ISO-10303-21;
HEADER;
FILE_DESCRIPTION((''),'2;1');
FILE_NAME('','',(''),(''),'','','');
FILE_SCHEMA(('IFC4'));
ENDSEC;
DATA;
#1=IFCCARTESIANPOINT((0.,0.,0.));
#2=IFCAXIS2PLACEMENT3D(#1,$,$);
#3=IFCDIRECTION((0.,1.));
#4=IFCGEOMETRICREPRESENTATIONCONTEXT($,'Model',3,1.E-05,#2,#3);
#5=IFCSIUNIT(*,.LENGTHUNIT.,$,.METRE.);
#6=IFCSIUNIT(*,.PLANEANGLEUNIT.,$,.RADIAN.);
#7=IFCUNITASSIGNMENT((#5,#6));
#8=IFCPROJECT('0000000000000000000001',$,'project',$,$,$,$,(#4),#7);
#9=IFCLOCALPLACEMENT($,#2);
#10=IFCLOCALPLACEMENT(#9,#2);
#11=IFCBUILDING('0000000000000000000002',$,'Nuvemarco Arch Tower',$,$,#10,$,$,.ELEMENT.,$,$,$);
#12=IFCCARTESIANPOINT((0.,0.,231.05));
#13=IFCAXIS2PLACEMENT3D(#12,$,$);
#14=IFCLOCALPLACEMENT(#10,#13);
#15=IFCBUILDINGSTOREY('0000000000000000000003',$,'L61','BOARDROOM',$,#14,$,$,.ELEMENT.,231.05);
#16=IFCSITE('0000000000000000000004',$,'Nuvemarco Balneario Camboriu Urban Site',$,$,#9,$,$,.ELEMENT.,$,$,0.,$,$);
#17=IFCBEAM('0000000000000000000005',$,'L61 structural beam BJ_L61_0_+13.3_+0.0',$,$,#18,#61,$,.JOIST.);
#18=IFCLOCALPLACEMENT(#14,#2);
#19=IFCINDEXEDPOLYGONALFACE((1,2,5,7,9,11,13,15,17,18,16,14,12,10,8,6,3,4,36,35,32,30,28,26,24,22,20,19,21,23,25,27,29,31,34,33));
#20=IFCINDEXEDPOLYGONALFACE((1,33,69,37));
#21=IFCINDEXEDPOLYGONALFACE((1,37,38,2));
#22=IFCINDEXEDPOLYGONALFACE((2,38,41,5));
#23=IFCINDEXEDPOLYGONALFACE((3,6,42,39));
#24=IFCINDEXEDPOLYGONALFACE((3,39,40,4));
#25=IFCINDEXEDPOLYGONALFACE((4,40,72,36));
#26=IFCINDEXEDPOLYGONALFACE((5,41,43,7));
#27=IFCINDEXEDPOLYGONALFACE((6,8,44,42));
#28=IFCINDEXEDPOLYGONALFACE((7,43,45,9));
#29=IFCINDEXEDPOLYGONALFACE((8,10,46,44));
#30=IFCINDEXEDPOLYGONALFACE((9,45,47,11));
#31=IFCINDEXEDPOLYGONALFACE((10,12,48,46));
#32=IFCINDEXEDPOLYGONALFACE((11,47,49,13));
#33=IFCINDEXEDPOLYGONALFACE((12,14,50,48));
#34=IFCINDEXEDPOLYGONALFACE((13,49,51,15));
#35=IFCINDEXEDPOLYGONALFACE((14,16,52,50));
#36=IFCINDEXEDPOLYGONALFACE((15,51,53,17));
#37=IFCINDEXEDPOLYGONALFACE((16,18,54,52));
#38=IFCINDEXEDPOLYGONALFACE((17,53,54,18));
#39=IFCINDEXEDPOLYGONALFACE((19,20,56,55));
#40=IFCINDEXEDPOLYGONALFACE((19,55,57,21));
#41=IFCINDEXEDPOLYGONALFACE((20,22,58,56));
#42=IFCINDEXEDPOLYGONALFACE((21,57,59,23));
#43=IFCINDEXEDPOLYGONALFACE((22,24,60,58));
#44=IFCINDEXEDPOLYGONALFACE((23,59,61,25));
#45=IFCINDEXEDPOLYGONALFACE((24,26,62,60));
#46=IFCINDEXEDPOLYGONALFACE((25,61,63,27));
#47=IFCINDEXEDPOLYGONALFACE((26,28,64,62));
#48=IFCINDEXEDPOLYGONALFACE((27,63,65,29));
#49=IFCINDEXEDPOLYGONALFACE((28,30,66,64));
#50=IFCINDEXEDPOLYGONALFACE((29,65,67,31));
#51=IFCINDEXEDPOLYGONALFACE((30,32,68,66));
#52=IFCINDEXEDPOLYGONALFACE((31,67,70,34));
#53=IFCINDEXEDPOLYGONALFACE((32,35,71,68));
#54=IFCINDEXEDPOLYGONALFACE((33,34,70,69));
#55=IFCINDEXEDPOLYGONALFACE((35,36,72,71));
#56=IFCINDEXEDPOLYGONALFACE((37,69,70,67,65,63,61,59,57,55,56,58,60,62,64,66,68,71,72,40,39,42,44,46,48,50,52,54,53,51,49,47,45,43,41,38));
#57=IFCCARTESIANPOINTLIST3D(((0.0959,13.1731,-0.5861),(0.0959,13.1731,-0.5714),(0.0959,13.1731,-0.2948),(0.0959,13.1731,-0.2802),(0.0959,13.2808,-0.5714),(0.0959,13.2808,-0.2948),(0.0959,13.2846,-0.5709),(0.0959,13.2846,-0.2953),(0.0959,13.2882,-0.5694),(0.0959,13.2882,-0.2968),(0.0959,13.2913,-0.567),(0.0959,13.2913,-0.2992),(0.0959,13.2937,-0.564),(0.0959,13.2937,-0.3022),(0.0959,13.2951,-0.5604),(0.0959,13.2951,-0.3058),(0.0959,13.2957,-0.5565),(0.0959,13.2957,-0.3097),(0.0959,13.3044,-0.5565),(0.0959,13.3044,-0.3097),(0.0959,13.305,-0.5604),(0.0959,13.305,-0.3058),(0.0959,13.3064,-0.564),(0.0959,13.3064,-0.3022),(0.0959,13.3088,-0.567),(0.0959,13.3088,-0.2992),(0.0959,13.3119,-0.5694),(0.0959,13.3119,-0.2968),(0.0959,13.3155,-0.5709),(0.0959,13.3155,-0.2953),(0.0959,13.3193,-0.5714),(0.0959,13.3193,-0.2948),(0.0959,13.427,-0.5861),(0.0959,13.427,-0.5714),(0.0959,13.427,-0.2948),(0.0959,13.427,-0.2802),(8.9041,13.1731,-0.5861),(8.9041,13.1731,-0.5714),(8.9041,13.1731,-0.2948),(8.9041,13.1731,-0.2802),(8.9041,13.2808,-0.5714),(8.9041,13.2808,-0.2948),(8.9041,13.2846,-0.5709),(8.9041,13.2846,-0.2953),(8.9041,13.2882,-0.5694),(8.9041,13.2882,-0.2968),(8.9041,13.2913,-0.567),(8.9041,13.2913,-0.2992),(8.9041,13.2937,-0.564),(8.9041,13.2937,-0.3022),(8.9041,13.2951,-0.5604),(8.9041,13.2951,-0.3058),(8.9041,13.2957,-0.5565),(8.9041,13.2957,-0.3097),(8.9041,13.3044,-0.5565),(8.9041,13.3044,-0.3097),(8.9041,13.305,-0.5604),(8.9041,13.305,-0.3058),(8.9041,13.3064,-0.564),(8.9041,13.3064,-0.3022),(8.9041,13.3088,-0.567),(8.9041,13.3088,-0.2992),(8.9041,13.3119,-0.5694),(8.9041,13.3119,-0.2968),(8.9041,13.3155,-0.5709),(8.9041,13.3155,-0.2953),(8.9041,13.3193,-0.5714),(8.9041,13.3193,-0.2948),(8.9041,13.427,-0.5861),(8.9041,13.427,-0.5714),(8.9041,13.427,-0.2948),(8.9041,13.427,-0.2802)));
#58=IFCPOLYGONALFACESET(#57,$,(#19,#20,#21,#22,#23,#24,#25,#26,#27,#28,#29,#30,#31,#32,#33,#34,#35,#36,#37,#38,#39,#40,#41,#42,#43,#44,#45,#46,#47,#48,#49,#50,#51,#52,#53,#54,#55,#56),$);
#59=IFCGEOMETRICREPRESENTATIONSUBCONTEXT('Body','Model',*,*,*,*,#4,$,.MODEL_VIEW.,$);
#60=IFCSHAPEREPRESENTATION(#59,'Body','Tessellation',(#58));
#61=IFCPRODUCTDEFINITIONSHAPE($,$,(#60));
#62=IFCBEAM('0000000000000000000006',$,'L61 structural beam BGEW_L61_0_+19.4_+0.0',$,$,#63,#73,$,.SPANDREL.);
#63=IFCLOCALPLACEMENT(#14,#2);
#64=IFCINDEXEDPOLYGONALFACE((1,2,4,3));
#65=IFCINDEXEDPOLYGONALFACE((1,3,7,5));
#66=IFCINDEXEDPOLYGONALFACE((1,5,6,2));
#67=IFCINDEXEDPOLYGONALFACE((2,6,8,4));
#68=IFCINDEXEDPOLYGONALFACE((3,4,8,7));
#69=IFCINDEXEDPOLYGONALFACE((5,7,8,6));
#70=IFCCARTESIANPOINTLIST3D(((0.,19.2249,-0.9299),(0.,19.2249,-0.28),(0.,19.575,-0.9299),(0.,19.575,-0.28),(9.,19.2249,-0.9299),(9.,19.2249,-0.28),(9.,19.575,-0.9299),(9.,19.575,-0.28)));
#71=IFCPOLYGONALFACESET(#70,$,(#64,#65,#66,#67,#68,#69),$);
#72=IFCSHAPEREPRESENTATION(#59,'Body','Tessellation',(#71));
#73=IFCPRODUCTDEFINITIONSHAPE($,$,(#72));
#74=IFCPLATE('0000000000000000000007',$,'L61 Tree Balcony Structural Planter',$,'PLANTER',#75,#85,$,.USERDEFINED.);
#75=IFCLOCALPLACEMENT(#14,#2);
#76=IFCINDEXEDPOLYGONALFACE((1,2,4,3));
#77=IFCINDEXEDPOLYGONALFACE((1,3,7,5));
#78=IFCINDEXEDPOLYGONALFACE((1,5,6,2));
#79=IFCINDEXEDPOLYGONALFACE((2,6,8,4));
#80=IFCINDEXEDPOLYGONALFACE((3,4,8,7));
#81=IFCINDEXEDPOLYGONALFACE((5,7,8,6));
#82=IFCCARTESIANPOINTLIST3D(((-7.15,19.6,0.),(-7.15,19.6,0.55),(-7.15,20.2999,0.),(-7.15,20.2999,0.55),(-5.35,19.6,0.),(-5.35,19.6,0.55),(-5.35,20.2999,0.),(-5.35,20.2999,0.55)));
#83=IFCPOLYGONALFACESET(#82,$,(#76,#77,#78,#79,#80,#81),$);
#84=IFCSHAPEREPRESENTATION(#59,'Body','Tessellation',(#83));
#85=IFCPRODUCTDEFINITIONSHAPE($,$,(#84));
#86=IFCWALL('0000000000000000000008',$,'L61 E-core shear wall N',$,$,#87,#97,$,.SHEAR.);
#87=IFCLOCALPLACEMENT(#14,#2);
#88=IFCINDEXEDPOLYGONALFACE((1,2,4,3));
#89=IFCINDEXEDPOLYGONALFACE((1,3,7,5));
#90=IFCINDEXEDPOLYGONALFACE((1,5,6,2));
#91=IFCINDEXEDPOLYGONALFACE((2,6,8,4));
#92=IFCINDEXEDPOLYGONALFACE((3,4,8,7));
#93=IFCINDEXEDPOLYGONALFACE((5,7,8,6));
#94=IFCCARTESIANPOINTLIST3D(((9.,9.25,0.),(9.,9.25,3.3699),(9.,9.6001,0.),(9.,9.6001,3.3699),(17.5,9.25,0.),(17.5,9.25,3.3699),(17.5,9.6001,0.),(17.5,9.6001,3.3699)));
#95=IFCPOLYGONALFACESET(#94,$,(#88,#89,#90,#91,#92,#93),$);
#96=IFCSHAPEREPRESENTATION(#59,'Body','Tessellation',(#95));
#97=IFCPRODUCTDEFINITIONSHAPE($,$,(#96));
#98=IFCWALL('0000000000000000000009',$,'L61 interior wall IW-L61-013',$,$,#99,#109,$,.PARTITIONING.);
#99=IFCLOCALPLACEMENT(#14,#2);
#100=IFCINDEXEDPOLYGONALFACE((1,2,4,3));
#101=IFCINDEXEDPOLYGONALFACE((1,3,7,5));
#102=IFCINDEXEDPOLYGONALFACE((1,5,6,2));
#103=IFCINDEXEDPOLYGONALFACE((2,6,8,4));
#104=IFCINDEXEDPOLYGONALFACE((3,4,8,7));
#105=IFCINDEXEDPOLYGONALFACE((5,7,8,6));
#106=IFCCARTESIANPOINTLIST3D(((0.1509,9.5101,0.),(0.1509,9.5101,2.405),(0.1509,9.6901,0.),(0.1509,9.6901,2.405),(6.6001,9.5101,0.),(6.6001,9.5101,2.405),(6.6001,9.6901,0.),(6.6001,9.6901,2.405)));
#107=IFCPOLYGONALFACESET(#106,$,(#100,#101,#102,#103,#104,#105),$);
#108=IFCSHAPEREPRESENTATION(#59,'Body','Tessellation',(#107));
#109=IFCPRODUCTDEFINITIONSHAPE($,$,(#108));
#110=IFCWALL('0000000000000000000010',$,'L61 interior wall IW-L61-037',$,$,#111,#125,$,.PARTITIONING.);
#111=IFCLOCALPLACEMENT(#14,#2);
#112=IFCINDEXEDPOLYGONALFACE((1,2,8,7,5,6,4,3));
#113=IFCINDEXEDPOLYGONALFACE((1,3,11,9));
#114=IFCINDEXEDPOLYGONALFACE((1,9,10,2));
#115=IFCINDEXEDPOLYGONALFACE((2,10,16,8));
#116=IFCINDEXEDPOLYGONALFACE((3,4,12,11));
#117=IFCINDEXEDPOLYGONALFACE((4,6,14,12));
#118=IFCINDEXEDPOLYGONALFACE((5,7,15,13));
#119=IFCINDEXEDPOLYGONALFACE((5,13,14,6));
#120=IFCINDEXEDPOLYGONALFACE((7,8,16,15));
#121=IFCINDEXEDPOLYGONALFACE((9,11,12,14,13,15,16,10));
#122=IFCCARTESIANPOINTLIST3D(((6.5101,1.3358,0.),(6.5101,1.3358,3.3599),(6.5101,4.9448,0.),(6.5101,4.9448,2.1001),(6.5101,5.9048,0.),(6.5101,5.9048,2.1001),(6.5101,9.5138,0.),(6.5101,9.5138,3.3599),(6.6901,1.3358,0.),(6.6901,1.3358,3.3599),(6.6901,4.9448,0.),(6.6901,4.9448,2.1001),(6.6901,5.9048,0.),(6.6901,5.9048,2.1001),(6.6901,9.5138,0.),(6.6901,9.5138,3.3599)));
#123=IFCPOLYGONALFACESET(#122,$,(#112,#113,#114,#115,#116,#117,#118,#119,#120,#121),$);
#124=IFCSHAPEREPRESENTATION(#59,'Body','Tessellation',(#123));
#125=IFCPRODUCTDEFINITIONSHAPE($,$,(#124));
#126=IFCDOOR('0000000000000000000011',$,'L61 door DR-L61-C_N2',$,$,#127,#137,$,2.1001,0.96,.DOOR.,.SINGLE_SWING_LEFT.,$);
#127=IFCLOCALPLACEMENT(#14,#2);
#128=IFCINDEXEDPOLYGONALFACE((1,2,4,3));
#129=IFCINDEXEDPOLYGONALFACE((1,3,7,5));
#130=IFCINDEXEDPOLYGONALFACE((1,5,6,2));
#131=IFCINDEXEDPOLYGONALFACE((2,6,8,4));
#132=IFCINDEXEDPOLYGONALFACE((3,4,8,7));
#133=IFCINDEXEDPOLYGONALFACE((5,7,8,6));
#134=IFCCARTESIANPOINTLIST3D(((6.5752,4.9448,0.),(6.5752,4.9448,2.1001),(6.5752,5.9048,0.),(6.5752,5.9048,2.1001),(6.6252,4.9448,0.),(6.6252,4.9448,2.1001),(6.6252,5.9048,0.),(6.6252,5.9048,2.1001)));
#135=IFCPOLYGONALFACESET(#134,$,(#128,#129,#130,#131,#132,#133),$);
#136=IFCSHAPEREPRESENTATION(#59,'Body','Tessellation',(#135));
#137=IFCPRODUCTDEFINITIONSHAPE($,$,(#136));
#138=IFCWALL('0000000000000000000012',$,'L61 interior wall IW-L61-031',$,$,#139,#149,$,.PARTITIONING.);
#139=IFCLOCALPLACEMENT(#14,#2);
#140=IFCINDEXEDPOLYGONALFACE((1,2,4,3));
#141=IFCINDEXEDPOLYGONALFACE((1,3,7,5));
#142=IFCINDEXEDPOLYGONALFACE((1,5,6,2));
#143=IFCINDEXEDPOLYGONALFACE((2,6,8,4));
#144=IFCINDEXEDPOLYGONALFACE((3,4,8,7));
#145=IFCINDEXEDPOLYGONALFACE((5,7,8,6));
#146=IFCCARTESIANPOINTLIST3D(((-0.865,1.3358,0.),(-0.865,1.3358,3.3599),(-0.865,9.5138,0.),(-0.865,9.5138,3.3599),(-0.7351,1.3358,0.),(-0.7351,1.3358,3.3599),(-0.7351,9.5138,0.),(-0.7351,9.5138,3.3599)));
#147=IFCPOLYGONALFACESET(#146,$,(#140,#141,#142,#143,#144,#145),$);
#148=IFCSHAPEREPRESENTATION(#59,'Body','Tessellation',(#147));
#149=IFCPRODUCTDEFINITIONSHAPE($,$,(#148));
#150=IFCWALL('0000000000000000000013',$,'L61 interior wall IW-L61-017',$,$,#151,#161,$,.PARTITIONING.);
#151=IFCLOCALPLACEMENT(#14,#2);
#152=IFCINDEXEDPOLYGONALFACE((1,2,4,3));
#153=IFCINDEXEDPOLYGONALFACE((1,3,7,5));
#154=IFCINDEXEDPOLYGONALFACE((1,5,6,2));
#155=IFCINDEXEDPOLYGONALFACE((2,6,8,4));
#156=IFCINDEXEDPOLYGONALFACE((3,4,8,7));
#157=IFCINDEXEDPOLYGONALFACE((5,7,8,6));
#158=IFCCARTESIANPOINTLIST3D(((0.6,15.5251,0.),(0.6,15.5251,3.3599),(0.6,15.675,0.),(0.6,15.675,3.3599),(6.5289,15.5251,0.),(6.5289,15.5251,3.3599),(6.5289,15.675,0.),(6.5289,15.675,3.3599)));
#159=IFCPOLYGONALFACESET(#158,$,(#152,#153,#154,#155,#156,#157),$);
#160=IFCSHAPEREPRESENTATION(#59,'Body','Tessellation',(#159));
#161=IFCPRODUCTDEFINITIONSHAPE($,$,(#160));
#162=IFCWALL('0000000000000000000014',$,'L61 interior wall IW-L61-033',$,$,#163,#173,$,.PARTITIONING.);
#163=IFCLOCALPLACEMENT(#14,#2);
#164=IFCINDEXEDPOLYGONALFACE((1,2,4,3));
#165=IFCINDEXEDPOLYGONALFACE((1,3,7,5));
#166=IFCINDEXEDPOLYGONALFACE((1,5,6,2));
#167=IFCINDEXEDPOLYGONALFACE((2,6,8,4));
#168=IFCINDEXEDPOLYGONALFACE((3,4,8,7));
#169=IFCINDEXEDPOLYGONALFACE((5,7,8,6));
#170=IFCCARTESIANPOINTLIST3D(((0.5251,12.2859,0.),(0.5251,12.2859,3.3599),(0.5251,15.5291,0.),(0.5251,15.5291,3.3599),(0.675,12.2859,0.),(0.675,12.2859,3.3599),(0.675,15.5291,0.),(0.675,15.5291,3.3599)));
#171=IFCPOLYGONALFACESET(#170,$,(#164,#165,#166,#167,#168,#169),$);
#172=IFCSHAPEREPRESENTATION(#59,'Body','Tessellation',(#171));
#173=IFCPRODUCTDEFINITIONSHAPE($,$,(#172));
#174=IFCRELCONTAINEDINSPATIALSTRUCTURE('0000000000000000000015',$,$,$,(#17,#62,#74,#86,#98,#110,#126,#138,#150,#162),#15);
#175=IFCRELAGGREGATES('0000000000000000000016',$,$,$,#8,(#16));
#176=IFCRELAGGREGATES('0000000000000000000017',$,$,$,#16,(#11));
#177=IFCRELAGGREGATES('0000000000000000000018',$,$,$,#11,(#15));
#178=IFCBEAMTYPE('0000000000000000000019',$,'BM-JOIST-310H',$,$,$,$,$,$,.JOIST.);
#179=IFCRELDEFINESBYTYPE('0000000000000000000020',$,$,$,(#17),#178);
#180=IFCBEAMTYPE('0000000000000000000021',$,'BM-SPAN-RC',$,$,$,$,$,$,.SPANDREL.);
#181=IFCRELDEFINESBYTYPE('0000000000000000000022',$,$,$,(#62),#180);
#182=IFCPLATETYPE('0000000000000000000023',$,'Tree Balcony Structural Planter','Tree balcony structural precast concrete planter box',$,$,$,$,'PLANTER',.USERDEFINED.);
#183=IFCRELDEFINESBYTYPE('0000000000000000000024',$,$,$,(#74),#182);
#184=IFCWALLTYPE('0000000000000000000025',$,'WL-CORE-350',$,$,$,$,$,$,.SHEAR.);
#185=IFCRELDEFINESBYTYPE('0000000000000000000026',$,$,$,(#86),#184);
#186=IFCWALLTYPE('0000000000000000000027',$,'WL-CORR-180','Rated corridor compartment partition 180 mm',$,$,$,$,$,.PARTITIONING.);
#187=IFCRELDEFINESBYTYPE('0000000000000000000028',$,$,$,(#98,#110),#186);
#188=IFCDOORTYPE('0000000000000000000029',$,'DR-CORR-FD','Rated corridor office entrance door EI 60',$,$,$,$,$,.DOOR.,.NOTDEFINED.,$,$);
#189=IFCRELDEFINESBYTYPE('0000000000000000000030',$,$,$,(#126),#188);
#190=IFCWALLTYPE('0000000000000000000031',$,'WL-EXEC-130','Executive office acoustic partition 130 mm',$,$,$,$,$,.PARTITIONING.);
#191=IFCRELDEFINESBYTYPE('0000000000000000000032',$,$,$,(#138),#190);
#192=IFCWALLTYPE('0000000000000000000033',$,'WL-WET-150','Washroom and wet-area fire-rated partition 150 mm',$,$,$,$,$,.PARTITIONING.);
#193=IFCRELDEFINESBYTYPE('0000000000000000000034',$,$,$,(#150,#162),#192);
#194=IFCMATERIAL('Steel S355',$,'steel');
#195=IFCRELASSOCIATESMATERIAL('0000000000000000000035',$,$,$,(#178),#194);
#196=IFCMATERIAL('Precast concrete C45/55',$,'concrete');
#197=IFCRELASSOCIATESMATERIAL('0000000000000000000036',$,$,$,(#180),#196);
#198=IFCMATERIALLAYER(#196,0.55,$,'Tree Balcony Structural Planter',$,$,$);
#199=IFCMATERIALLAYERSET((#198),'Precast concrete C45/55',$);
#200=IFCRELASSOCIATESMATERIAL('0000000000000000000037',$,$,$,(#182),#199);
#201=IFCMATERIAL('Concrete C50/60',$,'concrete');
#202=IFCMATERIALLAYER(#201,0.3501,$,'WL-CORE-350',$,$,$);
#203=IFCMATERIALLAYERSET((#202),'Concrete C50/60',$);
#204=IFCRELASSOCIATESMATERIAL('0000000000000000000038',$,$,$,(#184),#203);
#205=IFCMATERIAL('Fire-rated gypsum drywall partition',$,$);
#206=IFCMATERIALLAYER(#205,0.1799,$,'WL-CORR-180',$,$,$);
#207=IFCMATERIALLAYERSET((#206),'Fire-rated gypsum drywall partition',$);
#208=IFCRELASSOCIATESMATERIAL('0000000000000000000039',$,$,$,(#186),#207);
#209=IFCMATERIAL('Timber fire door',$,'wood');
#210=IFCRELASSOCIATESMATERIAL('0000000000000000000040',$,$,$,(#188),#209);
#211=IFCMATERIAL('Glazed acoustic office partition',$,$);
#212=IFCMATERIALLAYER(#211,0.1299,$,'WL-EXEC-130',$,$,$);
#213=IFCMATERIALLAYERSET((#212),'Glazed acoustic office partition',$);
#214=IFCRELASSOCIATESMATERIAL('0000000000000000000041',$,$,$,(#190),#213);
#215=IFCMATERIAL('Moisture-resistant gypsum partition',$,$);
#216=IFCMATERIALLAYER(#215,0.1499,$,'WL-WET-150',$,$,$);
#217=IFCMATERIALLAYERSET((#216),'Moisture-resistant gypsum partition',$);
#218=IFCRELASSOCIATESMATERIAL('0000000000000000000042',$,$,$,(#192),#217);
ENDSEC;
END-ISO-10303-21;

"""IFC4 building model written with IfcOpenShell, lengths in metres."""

from ifc_helpers import new_model, si_unit, direction, frame, frame_2d, origin, origin_2d, place, context, subcontext, project, spatial, rectangle, i_section, extrude, source, transform, mapped, material, layer, layer_set, material_profile, profile_set, type_object, type_shapes, element, fill, save


model = new_model("IFC4")

# Units and contexts
model_context = context("Model", 3, precision=1e-05, world=origin(), true_north=direction((0.0, 1.0)))
body_context = subcontext(model_context, "Body", "Model", "MODEL_VIEW")
ifc_project = project(units=[si_unit("LENGTHUNIT", "METRE"), si_unit("PLANEANGLEUNIT", "RADIAN")], contexts=[model_context])

# Site, building, storey
site_placement = place(None, origin())
site = spatial("IfcSite", under=ifc_project, at=site_placement, Name="Nuvemarco Balneario Camboriu Urban Site", CompositionType="ELEMENT", RefElevation=0.0)
building_placement = place(site_placement, origin())
building = spatial("IfcBuilding", under=site, at=building_placement, Name="Nuvemarco Arch Tower", CompositionType="ELEMENT")
storey_placement = place(building_placement, frame((0.0, 0.0, 231.05)))
storey = spatial("IfcBuildingStorey", under=building, at=storey_placement, Name="L61", Description="BOARDROOM", CompositionType="ELEMENT", Elevation=231.05)

# Shared definitions
ifc_material_1 = material(Name="Concrete C50/60", Category="concrete")
ifc_material_2 = material(Name="Steel S355", Category="steel")

# Beams
ifc_material_profile_1 = material_profile(ifc_material_2, i_section(OverallWidth=0.2539, OverallDepth=0.3059, WebThickness=0.0088, FlangeThickness=0.0146, FilletRadius=0.0149, at=origin_2d()), Name="W310x79")
ifc_profile_set_1 = profile_set([ifc_material_profile_1], Name="Steel S355")
beam_type_1 = type_object("IfcBeamType", Name="BM-JOIST-310H", PredefinedType="JOIST", material=ifc_profile_set_1)
beam_1_placement = place(storey_placement, frame((0.0959, 13.3, -0.4331), z_axis=(1.0, 0.0, 0.0), x_axis=(0.0, 1.0, 0.0)))
element("IfcBeam", 1, at=beam_1_placement, inside=storey, type_object=beam_type_1, Name="L61 structural beam BJ_L61_0_+13.3_+0.0", PredefinedType="JOIST", context=body_context, shape_type="SweptSolid", body=[
    extrude(i_section(OverallWidth=0.2539, OverallDepth=0.3059, WebThickness=0.0088, FlangeThickness=0.0146, FilletRadius=0.0149, at=origin_2d()), origin(), (0.0, 0.0, 1.0), 8.8081),
])
ifc_material_3 = material(Name="Precast concrete C45/55", Category="concrete")
ifc_material_profile_2 = material_profile(ifc_material_3, rectangle(XDim=0.3501, YDim=0.6499, at=origin_2d()), Name="PC-SP-350x650")
ifc_profile_set_2 = profile_set([ifc_material_profile_2], Name="Precast concrete C45/55")
beam_type_2 = type_object("IfcBeamType", Name="BM-SPAN-RC", PredefinedType="SPANDREL", material=ifc_profile_set_2)
beam_2_placement = place(storey_placement, frame((0.0, 19.3999, -0.605), z_axis=(1.0, 0.0, 0.0), x_axis=(0.0, 1.0, 0.0)))
element("IfcBeam", 2, at=beam_2_placement, inside=storey, type_object=beam_type_2, Name="L61 structural beam BGEW_L61_0_+19.4_+0.0", PredefinedType="SPANDREL", context=body_context, shape_type="SweptSolid", body=[
    extrude(rectangle(XDim=0.3501, YDim=0.6499, at=origin_2d()), origin(), (0.0, 0.0, 1.0), 9.0),
])

# Plate
ifc_layer_1 = layer(ifc_material_3, 0.55, Name="Tree Balcony Structural Planter")
ifc_layer_set_1 = layer_set([ifc_layer_1], Name="Precast concrete C45/55")
plate_type = type_object("IfcPlateType", Name="Tree Balcony Structural Planter", Description="Tree balcony structural precast concrete planter box", ElementType="PLANTER", PredefinedType="USERDEFINED", material=ifc_layer_set_1)
shared_shape_1 = source(origin(), body_context, "Body", "SweptSolid", [
    extrude(rectangle(XDim=1.8, YDim=0.7, at=origin_2d()), origin(), (0.0, 0.0, 1.0), 0.55),
])
type_shapes(plate_type, [shared_shape_1])
plate_placement = place(storey_placement, frame((-6.25, 19.95, 0.0), z_axis=(0.0, 0.0, 1.0), x_axis=(1.0, 0.0, 0.0)))
element("IfcPlate", 3, at=plate_placement, inside=storey, type_object=plate_type, Name="L61 Tree Balcony Structural Planter", ObjectType="PLANTER", PredefinedType="USERDEFINED", context=body_context, shape_type="MappedRepresentation", body=[
    mapped(shared_shape_1, transform((0.0, 0.0, 0.0), scale=1.0)),
])

# Walls
ifc_layer_2 = layer(ifc_material_1, 0.3501, Name="WL-CORE-350")
ifc_layer_set_2 = layer_set([ifc_layer_2], Name="Concrete C50/60")
wall_type_1 = type_object("IfcWallType", Name="WL-CORE-350", PredefinedType="SHEAR", material=ifc_layer_set_2)
wall_1_placement = place(storey_placement, frame((9.0, 9.425, 0.0), z_axis=(0.0, 0.0, 1.0), x_axis=(1.0, 0.0, 0.0)))
element("IfcWall", 4, at=wall_1_placement, inside=storey, type_object=wall_type_1, Name="L61 E-core shear wall N", PredefinedType="SHEAR", context=body_context, shape_type="SweptSolid", body=[
    extrude(rectangle(XDim=8.5, YDim=0.3501, at=frame_2d((4.25, 0.0))), origin(), (0.0, 0.0, 1.0), 3.3699),
])
ifc_material_4 = material(Name="Fire-rated gypsum drywall partition")
ifc_layer_3 = layer(ifc_material_4, 0.1799, Name="WL-CORR-180")
ifc_layer_set_3 = layer_set([ifc_layer_3], Name="Fire-rated gypsum drywall partition")
wall_type_2 = type_object("IfcWallType", Name="WL-CORR-180", Description="Rated corridor compartment partition 180 mm", PredefinedType="PARTITIONING", material=ifc_layer_set_3)
wall_2_placement = place(storey_placement, frame((0.1509, 9.6001, 0.0), z_axis=(0.0, 0.0, 1.0), x_axis=(1.0, 0.0, 0.0)))
element("IfcWall", 5, at=wall_2_placement, inside=storey, type_object=wall_type_2, Name="L61 interior wall IW-L61-013", PredefinedType="PARTITIONING", context=body_context, shape_type="SweptSolid", body=[
    extrude(rectangle(XDim=6.4492, YDim=0.1799, at=frame_2d((3.2246, 0.0))), origin(), (0.0, 0.0, 1.0), 2.405),
])

# Wall, opening, door
wall_3_placement = place(storey_placement, frame((6.6001, 1.3359, 0.0), z_axis=(0.0, 0.0, 1.0), x_axis=(0.0, 1.0, 0.0)))
wall_3 = element("IfcWall", 6, at=wall_3_placement, inside=storey, type_object=wall_type_2, Name="L61 interior wall IW-L61-037", PredefinedType="PARTITIONING", context=body_context, shape_type="SweptSolid", body=[
    extrude(rectangle(XDim=8.178, YDim=0.1799, at=frame_2d((4.0889, 0.0))), origin(), (0.0, 0.0, 1.0), 3.3599),
])
opening_placement = place(wall_3_placement, frame((3.6089, 0.0, 0.0)))
opening = element("IfcOpeningElement", 7, at=opening_placement, cuts=wall_3, PredefinedType="OPENING", context=body_context, shape_type="SweptSolid", body=[
    extrude(rectangle(XDim=0.96, YDim=2.1001, at=frame_2d((0.48, 1.05))), frame((0.0, 0.0999, 0.0), z_axis=(0.0, -1.0, 0.0), x_axis=(1.0, 0.0, 0.0)), (0.0, 0.0, 1.0), 0.2),
])
ifc_material_5 = material(Name="Timber fire door", Category="wood")
door_type = type_object("IfcDoorType", Name="DR-CORR-FD", Description="Rated corridor office entrance door EI 60", OperationType="NOTDEFINED", PredefinedType="DOOR", material=ifc_material_5)
shared_shape_2 = source(origin(), body_context, "Body", "SweptSolid", [
    extrude(rectangle(XDim=0.96, YDim=2.1001, at=frame_2d((0.48, 1.05))), frame((0.0, 0.0249, 0.0), z_axis=(0.0, -1.0, 0.0), x_axis=(1.0, 0.0, 0.0)), (0.0, 0.0, 1.0), 0.05),
])
type_shapes(door_type, [shared_shape_2])
door_placement = place(opening_placement, origin())
door = element("IfcDoor", 8, at=door_placement, inside=storey, type_object=door_type, Name="L61 door DR-L61-C_N2", OperationType="SINGLE_SWING_LEFT", OverallHeight=2.1001, OverallWidth=0.96, PredefinedType="DOOR", context=body_context, shape_type="MappedRepresentation", body=[
    mapped(shared_shape_2, transform((0.0, 0.0, 0.0), scale=1.0)),
])
fill(opening, door)

# Walls
ifc_material_6 = material(Name="Glazed acoustic office partition")
ifc_layer_4 = layer(ifc_material_6, 0.1299, Name="WL-EXEC-130")
ifc_layer_set_4 = layer_set([ifc_layer_4], Name="Glazed acoustic office partition")
wall_type_3 = type_object("IfcWallType", Name="WL-EXEC-130", Description="Executive office acoustic partition 130 mm", PredefinedType="PARTITIONING", material=ifc_layer_set_4)
wall_4_placement = place(storey_placement, frame((-0.8, 1.3359, 0.0), z_axis=(0.0, 0.0, 1.0), x_axis=(0.0, 1.0, 0.0)))
element("IfcWall", 9, at=wall_4_placement, inside=storey, type_object=wall_type_3, Name="L61 interior wall IW-L61-031", PredefinedType="PARTITIONING", context=body_context, shape_type="SweptSolid", body=[
    extrude(rectangle(XDim=8.178, YDim=0.1299, at=frame_2d((4.0889, 0.0))), origin(), (0.0, 0.0, 1.0), 3.3599),
])
ifc_material_7 = material(Name="Moisture-resistant gypsum partition")
ifc_layer_5 = layer(ifc_material_7, 0.1499, Name="WL-WET-150")
ifc_layer_set_5 = layer_set([ifc_layer_5], Name="Moisture-resistant gypsum partition")
wall_type_4 = type_object("IfcWallType", Name="WL-WET-150", Description="Washroom and wet-area fire-rated partition 150 mm", PredefinedType="PARTITIONING", material=ifc_layer_set_5)
wall_5_placement = place(storey_placement, frame((0.6001, 15.6001, 0.0), z_axis=(0.0, 0.0, 1.0), x_axis=(1.0, 0.0, 0.0)))
element("IfcWall", 10, at=wall_5_placement, inside=storey, type_object=wall_type_4, Name="L61 interior wall IW-L61-017", PredefinedType="PARTITIONING", context=body_context, shape_type="SweptSolid", body=[
    extrude(rectangle(XDim=5.929, YDim=0.1499, at=frame_2d((2.9644, 0.0))), origin(), (0.0, 0.0, 1.0), 3.3599),
])
for number, where, z_axis, x_axis, name in (
    (11, (0.6001, 12.2859, 0.0), (0.0, 0.0, 1.0), (0.0, 1.0, 0.0), "L61 interior wall IW-L61-033"),
):
    element("IfcWall", number, at=place(storey_placement, frame(where, z_axis=z_axis, x_axis=x_axis)), inside=storey, type_object=wall_type_4, Name=name, PredefinedType="PARTITIONING", context=body_context, shape_type="SweptSolid", body=[
        extrude(rectangle(XDim=3.2432, YDim=0.1499, at=frame_2d((1.6216, 0.0))), origin(), (0.0, 0.0, 1.0), 3.3599),
    ])

save(model, "model.ifc")
